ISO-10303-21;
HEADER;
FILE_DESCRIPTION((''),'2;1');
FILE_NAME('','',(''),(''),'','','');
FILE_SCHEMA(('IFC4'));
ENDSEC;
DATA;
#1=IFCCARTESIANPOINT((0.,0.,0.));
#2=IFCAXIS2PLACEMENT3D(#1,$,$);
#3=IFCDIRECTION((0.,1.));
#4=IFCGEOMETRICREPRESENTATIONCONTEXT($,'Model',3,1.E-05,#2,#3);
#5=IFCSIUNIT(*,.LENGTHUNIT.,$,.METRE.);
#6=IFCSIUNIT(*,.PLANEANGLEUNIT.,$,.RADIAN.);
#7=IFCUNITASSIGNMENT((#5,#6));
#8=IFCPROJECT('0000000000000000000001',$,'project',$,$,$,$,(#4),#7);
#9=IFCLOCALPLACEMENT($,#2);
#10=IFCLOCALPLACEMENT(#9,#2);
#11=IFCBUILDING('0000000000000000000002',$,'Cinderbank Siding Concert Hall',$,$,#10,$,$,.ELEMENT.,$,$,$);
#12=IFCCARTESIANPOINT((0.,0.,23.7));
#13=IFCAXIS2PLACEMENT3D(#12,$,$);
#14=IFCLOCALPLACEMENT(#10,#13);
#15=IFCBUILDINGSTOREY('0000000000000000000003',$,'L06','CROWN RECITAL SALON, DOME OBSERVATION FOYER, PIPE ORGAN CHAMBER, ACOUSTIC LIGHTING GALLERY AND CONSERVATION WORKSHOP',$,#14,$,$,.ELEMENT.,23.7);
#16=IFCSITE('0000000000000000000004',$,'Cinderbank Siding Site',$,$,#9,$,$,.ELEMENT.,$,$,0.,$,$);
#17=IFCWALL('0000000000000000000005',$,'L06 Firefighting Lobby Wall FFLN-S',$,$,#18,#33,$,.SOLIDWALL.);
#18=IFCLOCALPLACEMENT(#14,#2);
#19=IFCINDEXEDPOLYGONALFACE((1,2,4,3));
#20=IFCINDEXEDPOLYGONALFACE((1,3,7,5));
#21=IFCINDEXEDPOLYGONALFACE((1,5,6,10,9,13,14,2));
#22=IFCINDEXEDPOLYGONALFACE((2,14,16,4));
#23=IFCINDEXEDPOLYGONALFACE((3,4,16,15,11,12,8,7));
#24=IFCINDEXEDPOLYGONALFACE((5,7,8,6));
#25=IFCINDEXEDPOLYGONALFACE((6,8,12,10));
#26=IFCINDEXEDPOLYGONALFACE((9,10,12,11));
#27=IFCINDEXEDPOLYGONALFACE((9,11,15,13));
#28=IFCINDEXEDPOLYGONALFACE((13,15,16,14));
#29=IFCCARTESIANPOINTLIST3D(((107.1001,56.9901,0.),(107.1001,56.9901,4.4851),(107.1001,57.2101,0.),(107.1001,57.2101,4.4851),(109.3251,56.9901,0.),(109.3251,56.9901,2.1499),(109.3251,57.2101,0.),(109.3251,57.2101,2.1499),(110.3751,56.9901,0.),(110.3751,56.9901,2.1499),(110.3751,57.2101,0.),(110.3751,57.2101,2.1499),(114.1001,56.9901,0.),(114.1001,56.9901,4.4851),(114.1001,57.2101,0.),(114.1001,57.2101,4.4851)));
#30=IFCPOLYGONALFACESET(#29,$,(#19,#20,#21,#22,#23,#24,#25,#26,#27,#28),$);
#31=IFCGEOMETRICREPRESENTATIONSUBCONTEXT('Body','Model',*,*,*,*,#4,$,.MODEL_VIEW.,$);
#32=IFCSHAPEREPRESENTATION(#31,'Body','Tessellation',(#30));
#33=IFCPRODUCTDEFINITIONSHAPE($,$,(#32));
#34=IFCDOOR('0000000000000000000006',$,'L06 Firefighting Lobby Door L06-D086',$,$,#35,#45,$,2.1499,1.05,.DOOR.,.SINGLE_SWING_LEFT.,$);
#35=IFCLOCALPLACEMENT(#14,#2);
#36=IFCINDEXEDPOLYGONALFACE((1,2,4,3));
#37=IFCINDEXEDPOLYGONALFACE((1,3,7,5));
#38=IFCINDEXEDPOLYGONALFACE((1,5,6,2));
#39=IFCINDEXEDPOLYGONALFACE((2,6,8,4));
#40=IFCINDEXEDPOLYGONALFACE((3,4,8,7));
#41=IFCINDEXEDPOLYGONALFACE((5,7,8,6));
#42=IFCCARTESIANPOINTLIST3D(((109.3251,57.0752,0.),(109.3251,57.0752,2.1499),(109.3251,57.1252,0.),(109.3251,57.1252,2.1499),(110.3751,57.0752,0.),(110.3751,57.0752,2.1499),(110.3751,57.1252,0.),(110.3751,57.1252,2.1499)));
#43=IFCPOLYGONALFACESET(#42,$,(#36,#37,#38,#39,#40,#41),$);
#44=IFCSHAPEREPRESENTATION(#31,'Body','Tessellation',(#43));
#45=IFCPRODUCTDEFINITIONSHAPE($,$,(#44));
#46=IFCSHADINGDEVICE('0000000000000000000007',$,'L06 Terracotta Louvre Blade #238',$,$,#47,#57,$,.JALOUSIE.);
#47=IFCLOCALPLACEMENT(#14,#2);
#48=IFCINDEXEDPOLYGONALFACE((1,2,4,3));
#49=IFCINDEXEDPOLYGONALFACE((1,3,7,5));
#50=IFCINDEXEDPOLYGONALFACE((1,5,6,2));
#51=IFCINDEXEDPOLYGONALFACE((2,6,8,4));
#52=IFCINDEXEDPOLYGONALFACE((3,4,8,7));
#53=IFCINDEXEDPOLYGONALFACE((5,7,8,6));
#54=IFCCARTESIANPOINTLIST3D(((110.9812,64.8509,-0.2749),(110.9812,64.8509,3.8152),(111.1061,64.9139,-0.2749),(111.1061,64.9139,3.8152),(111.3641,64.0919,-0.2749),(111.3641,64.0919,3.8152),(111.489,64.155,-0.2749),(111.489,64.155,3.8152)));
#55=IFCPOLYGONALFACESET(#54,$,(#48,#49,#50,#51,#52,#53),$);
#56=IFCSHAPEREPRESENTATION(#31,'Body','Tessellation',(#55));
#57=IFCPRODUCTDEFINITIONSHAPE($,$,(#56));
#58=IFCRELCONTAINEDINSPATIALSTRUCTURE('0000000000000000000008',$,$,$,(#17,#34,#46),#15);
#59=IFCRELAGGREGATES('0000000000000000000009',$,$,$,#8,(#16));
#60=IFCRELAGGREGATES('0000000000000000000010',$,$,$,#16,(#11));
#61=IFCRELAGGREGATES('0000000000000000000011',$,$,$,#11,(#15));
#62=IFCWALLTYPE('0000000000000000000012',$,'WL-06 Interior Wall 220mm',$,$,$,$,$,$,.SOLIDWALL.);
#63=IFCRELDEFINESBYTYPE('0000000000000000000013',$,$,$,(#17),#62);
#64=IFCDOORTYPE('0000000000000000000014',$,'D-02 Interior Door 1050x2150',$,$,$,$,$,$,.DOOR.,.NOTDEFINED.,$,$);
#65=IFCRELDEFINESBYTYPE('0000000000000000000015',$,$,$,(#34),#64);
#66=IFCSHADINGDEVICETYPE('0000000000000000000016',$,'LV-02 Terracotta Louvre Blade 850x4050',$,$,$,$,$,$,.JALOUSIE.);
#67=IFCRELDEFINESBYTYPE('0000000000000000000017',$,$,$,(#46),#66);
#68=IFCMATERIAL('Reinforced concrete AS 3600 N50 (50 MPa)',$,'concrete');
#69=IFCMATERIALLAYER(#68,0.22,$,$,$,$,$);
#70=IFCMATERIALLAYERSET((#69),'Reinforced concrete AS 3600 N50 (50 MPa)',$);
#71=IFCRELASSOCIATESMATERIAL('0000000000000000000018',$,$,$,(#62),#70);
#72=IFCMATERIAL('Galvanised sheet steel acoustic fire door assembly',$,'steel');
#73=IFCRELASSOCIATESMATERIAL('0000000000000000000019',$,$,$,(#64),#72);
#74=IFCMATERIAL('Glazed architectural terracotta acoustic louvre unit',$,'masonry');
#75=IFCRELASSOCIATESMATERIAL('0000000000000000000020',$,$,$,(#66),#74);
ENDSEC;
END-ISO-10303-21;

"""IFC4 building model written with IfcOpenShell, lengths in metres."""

from ifc_helpers import new_model, si_unit, direction, frame, frame_2d, origin, origin_2d, place, context, subcontext, project, spatial, rectangle, extrude, material, layer, layer_set, type_object, element, fill, save


model = new_model("IFC4")

# Units and contexts
model_context = context("Model", 3, precision=1e-05, world=origin(), true_north=direction((0.0, 1.0)))
body_context = subcontext(model_context, "Body", "Model", "MODEL_VIEW")
ifc_project = project(units=[si_unit("LENGTHUNIT", "METRE"), si_unit("PLANEANGLEUNIT", "RADIAN")], contexts=[model_context])

# Site, building, storey
site_placement = place(None, origin())
site = spatial("IfcSite", under=ifc_project, at=site_placement, Name="Cinderbank Siding Site", CompositionType="ELEMENT", RefElevation=0.0)
building_placement = place(site_placement, origin())
building = spatial("IfcBuilding", under=site, at=building_placement, Name="Cinderbank Siding Concert Hall", CompositionType="ELEMENT")
storey_placement = place(building_placement, frame((0.0, 0.0, 23.7)))
storey = spatial("IfcBuildingStorey", under=building, at=storey_placement, Name="L06", Description="CROWN RECITAL SALON, DOME OBSERVATION FOYER, PIPE ORGAN CHAMBER, ACOUSTIC LIGHTING GALLERY AND CONSERVATION WORKSHOP", CompositionType="ELEMENT", Elevation=23.7)

# Shared definitions
ifc_material_1 = material(Name="Reinforced concrete AS 3600 N50 (50 MPa)", Category="concrete")

# Shared definitions
ifc_material_2 = material(Name="Galvanised sheet steel acoustic fire door assembly", Category="steel")

# Wall, opening, door
ifc_layer_1 = layer(ifc_material_1, 0.22)
ifc_layer_set_1 = layer_set([ifc_layer_1], Name="Reinforced concrete AS 3600 N50 (50 MPa)")
wall_type_1 = type_object("IfcWallType", Name="WL-06 Interior Wall 220mm", PredefinedType="SOLIDWALL", material=ifc_layer_set_1)
wall_1_placement = place(storey_placement, frame((114.1001, 57.1001, 0.0), z_axis=(0.0, 0.0, 1.0), x_axis=(-1.0, 0.0, 0.0)))
wall_1 = element("IfcWall", 1, at=wall_1_placement, inside=storey, type_object=wall_type_1, Name="L06 Firefighting Lobby Wall FFLN-S", PredefinedType="SOLIDWALL", context=body_context, shape_type="SweptSolid", body=[
    extrude(rectangle(XDim=7.0, YDim=0.22, at=frame_2d((3.5, 0.0))), origin(), (0.0, 0.0, 1.0), 4.4851),
])
opening_1_placement = place(wall_1_placement, frame((3.7251, 0.0, 0.0)))
opening_1 = element("IfcOpeningElement", 2, at=opening_1_placement, cuts=wall_1, PredefinedType="OPENING", context=body_context, shape_type="SweptSolid", body=[
    extrude(rectangle(XDim=1.05, YDim=2.1499, at=frame_2d((0.5249, 1.075))), frame((0.0, 0.1221, 0.0), z_axis=(0.0, -1.0, 0.0), x_axis=(1.0, 0.0, 0.0)), (0.0, 0.0, 1.0), 0.2439),
])
door_type_1 = type_object("IfcDoorType", Name="D-02 Interior Door 1050x2150", OperationType="NOTDEFINED", PredefinedType="DOOR", material=ifc_material_2)
door_1_placement = place(opening_1_placement, origin())
door_1 = element("IfcDoor", 3, at=door_1_placement, inside=storey, type_object=door_type_1, Name="L06 Firefighting Lobby Door L06-D086", OperationType="SINGLE_SWING_LEFT", OverallHeight=2.1499, OverallWidth=1.05, PredefinedType="DOOR", context=body_context, shape_type="SweptSolid", body=[
    extrude(rectangle(XDim=1.05, YDim=2.1499, at=frame_2d((0.5249, 1.075))), frame((0.0, 0.0249, 0.0), z_axis=(0.0, -1.0, 0.0), x_axis=(1.0, 0.0, 0.0)), (0.0, 0.0, 1.0), 0.05),
])
fill(opening_1, door_1)

# Shading device
ifc_material_3 = material(Name="Glazed architectural terracotta acoustic louvre unit", Category="masonry")
shading_device_type = type_object("IfcShadingDeviceType", Name="LV-02 Terracotta Louvre Blade 850x4050", PredefinedType="JALOUSIE", material=ifc_material_3)
shading_device_placement = place(storey_placement, frame((111.2351, 64.5029, -0.2749), z_axis=(0.0, 0.0, 1.0), x_axis=(-0.450487, 0.892783, 0.0)))
element("IfcShadingDevice", 4, at=shading_device_placement, inside=storey, type_object=shading_device_type, Name="L06 Terracotta Louvre Blade #238", PredefinedType="JALOUSIE", context=body_context, shape_type="SweptSolid", body=[
    extrude(rectangle(XDim=0.8501, YDim=0.1399, at=origin_2d()), origin(), (0.0, 0.0, 1.0), 4.0901),
])

save(model, "model.ifc")
